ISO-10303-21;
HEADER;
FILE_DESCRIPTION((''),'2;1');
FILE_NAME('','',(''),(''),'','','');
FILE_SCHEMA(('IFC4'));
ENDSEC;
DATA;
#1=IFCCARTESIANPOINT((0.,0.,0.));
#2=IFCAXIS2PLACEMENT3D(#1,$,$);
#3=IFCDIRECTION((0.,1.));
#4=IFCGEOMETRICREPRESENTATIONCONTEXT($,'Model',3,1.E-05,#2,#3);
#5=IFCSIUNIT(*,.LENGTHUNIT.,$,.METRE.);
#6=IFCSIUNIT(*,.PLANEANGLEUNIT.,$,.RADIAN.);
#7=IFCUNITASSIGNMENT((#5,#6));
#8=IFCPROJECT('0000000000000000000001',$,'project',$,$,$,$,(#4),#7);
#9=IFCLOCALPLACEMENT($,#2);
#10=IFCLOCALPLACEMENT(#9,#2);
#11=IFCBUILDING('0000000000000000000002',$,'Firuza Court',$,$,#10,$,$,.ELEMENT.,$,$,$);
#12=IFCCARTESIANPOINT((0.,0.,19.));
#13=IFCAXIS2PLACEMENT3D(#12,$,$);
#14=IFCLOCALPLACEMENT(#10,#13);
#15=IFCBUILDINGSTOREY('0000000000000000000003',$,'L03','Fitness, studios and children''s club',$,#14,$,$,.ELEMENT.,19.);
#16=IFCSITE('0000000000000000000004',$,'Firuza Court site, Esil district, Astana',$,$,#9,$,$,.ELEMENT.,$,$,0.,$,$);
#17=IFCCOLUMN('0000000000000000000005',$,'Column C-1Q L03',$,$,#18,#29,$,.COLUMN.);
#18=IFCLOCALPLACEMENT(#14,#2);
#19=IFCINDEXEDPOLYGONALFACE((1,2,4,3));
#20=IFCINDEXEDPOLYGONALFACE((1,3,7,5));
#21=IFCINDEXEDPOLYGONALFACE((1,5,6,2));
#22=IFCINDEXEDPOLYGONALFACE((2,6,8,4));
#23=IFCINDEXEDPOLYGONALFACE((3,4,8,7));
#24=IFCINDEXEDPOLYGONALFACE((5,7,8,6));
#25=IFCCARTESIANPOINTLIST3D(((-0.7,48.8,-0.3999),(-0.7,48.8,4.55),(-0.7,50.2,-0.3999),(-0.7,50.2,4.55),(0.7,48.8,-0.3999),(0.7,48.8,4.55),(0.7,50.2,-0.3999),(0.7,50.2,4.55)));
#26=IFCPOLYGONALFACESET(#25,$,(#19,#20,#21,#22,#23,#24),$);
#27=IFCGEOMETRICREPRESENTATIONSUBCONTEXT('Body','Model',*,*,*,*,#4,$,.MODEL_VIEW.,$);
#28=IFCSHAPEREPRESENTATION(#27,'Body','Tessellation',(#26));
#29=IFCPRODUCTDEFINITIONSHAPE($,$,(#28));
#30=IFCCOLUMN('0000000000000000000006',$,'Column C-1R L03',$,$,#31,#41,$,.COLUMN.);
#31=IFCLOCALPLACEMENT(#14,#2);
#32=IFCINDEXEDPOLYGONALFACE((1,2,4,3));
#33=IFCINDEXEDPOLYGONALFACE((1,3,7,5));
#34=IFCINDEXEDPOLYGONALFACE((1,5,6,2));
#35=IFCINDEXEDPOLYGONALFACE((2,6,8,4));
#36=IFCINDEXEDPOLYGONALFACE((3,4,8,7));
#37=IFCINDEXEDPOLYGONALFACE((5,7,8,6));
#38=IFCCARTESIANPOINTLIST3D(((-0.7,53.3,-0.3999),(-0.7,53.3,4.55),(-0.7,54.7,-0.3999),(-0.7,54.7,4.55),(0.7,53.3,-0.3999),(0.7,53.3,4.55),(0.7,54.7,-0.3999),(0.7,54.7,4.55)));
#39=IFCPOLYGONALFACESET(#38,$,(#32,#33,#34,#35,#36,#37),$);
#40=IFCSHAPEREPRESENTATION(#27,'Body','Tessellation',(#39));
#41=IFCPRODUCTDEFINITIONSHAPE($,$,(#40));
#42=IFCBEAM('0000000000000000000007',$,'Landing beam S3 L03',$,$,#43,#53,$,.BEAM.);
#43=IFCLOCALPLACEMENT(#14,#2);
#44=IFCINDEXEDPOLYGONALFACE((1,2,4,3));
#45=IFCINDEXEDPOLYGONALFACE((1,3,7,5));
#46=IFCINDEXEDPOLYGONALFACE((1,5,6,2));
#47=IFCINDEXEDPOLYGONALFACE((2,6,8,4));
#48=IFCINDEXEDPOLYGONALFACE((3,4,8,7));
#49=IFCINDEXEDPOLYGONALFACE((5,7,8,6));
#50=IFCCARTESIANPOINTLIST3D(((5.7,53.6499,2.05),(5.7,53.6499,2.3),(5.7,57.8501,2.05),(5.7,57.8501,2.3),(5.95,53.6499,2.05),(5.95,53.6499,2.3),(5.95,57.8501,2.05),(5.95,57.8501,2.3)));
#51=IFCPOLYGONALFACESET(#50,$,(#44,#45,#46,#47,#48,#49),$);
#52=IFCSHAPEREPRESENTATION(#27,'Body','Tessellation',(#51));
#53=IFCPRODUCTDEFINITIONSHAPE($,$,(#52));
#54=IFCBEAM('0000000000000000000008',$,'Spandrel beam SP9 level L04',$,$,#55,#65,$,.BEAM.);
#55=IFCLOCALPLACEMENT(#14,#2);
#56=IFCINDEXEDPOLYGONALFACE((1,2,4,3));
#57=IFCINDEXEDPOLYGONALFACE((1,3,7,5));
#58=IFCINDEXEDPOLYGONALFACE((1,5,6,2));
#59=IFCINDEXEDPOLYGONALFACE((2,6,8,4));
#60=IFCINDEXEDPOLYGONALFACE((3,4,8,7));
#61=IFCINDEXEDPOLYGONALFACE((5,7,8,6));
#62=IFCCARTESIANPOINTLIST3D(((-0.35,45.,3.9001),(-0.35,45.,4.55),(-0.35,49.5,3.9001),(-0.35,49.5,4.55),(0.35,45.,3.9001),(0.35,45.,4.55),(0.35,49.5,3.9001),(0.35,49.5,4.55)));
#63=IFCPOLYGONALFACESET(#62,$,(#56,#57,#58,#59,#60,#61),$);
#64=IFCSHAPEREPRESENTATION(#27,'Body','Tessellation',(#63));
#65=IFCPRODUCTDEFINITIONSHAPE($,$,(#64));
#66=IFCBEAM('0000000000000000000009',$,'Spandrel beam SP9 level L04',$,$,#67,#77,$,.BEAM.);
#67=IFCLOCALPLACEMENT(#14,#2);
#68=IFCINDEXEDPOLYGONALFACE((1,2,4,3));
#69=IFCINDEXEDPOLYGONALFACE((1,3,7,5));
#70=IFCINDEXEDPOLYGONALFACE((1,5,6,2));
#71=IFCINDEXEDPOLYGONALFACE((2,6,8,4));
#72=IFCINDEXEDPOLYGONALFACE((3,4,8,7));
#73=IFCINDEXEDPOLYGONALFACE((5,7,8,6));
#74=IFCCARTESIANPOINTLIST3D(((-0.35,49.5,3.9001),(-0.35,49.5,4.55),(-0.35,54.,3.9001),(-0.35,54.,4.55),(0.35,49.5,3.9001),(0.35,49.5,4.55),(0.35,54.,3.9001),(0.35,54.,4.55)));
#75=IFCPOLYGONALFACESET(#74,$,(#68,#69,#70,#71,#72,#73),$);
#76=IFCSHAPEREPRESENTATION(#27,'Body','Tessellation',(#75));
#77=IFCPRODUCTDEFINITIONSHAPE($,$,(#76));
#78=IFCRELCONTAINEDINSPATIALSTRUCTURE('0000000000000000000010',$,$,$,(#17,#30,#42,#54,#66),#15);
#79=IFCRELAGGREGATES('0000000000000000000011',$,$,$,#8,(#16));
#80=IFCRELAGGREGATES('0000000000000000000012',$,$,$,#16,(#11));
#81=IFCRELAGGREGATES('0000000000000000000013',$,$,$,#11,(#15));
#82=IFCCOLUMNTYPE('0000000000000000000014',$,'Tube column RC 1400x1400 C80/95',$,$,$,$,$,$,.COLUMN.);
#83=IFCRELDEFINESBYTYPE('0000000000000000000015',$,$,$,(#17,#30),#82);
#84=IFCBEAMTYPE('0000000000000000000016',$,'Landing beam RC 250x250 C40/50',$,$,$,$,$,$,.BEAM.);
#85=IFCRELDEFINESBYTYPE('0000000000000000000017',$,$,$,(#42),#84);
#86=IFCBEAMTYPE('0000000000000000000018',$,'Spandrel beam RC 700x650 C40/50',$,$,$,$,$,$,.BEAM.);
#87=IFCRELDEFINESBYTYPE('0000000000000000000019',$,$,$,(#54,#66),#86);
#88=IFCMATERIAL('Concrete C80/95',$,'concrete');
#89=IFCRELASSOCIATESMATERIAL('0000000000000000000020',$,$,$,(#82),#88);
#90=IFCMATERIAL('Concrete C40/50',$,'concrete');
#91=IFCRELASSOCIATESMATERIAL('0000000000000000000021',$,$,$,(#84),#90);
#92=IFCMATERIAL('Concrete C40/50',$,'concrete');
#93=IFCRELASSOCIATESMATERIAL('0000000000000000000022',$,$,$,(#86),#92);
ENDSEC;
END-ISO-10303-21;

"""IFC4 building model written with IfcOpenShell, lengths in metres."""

from ifc_helpers import new_model, si_unit, direction, frame, origin, origin_2d, place, context, subcontext, project, spatial, rectangle, extrude, material, material_profile, profile_set, type_object, element, save


model = new_model("IFC4")

# Units and contexts
model_context = context("Model", 3, precision=1e-05, world=origin(), true_north=direction((0.0, 1.0)))
body_context = subcontext(model_context, "Body", "Model", "MODEL_VIEW")
ifc_project = project(units=[si_unit("LENGTHUNIT", "METRE"), si_unit("PLANEANGLEUNIT", "RADIAN")], contexts=[model_context])

# Site, building, storey
site_placement = place(None, origin())
site = spatial("IfcSite", under=ifc_project, at=site_placement, Name="Firuza Court site, Esil district, Astana", CompositionType="ELEMENT", RefElevation=0.0)
building_placement = place(site_placement, origin())
building = spatial("IfcBuilding", under=site, at=building_placement, Name="Firuza Court", CompositionType="ELEMENT")
storey_placement = place(building_placement, frame((0.0, 0.0, 19.0)))
storey = spatial("IfcBuildingStorey", under=building, at=storey_placement, Name="L03", Description="Fitness, studios and children's club", CompositionType="ELEMENT", Elevation=19.0)

# Columns
ifc_material_1 = material(Name="Concrete C80/95", Category="concrete")
ifc_material_profile_1 = material_profile(ifc_material_1, rectangle(XDim=1.3999, YDim=1.3999, at=origin_2d()), Name="RC 1400x1400")
ifc_profile_set_1 = profile_set([ifc_material_profile_1], Name="Concrete C80/95")
column_type = type_object("IfcColumnType", Name="Tube column RC 1400x1400 C80/95", PredefinedType="COLUMN", material=ifc_profile_set_1)
for number, where, z_axis, x_axis, name in (
    (1, (0.0, 49.5, -0.3999), (0.0, 0.0, 1.0), (1.0, 0.0, 0.0), "Column C-1Q L03"),
    (2, (0.0, 54.0, -0.3999), (0.0, 0.0, 1.0), (1.0, 0.0, 0.0), "Column C-1R L03"),
):
    element("IfcColumn", number, at=place(storey_placement, frame(where, z_axis=z_axis, x_axis=x_axis)), inside=storey, type_object=column_type, Name=name, PredefinedType="COLUMN", context=body_context, shape_type="SweptSolid", body=[
        extrude(rectangle(XDim=1.3999, YDim=1.3999, at=origin_2d()), origin(), (0.0, 0.0, 1.0), 4.95),
    ])

# Beams
ifc_material_2 = material(Name="Concrete C40/50", Category="concrete")
ifc_material_profile_2 = material_profile(ifc_material_2, rectangle(XDim=0.25, YDim=0.25, at=origin_2d()), Name="RC 250x250")
ifc_profile_set_2 = profile_set([ifc_material_profile_2], Name="Concrete C40/50")
beam_type_1 = type_object("IfcBeamType", Name="Landing beam RC 250x250 C40/50", PredefinedType="BEAM", material=ifc_profile_set_2)
beam_placement = place(storey_placement, frame((5.825, 53.6499, 2.175), z_axis=(0.0, 1.0, 0.0), x_axis=(-1.0, 0.0, 0.0)))
element("IfcBeam", 3, at=beam_placement, inside=storey, type_object=beam_type_1, Name="Landing beam S3 L03", PredefinedType="BEAM", context=body_context, shape_type="SweptSolid", body=[
    extrude(rectangle(XDim=0.25, YDim=0.25, at=origin_2d()), origin(), (0.0, 0.0, 1.0), 4.2002),
])
ifc_material_3 = material(Name="Concrete C40/50", Category="concrete")
ifc_material_profile_3 = material_profile(ifc_material_3, rectangle(XDim=0.7, YDim=0.6499, at=origin_2d()), Name="RC 700x650")
ifc_profile_set_3 = profile_set([ifc_material_profile_3], Name="Concrete C40/50")
beam_type_2 = type_object("IfcBeamType", Name="Spandrel beam RC 700x650 C40/50", PredefinedType="BEAM", material=ifc_profile_set_3)
for number, where, z_axis, x_axis, name in (
    (4, (0.0, 49.5, 4.2251), (0.0, -1.0, 0.0), (1.0, 0.0, 0.0), "Spandrel beam SP9 level L04"),
    (5, (0.0, 54.0, 4.2251), (0.0, -1.0, 0.0), (1.0, 0.0, 0.0), "Spandrel beam SP9 level L04"),
):
    element("IfcBeam", number, at=place(storey_placement, frame(where, z_axis=z_axis, x_axis=x_axis)), inside=storey, type_object=beam_type_2, Name=name, PredefinedType="BEAM", context=body_context, shape_type="SweptSolid", body=[
        extrude(rectangle(XDim=0.7, YDim=0.6499, at=origin_2d()), origin(), (0.0, 0.0, 1.0), 4.5),
    ])

save(model, "model.ifc")
